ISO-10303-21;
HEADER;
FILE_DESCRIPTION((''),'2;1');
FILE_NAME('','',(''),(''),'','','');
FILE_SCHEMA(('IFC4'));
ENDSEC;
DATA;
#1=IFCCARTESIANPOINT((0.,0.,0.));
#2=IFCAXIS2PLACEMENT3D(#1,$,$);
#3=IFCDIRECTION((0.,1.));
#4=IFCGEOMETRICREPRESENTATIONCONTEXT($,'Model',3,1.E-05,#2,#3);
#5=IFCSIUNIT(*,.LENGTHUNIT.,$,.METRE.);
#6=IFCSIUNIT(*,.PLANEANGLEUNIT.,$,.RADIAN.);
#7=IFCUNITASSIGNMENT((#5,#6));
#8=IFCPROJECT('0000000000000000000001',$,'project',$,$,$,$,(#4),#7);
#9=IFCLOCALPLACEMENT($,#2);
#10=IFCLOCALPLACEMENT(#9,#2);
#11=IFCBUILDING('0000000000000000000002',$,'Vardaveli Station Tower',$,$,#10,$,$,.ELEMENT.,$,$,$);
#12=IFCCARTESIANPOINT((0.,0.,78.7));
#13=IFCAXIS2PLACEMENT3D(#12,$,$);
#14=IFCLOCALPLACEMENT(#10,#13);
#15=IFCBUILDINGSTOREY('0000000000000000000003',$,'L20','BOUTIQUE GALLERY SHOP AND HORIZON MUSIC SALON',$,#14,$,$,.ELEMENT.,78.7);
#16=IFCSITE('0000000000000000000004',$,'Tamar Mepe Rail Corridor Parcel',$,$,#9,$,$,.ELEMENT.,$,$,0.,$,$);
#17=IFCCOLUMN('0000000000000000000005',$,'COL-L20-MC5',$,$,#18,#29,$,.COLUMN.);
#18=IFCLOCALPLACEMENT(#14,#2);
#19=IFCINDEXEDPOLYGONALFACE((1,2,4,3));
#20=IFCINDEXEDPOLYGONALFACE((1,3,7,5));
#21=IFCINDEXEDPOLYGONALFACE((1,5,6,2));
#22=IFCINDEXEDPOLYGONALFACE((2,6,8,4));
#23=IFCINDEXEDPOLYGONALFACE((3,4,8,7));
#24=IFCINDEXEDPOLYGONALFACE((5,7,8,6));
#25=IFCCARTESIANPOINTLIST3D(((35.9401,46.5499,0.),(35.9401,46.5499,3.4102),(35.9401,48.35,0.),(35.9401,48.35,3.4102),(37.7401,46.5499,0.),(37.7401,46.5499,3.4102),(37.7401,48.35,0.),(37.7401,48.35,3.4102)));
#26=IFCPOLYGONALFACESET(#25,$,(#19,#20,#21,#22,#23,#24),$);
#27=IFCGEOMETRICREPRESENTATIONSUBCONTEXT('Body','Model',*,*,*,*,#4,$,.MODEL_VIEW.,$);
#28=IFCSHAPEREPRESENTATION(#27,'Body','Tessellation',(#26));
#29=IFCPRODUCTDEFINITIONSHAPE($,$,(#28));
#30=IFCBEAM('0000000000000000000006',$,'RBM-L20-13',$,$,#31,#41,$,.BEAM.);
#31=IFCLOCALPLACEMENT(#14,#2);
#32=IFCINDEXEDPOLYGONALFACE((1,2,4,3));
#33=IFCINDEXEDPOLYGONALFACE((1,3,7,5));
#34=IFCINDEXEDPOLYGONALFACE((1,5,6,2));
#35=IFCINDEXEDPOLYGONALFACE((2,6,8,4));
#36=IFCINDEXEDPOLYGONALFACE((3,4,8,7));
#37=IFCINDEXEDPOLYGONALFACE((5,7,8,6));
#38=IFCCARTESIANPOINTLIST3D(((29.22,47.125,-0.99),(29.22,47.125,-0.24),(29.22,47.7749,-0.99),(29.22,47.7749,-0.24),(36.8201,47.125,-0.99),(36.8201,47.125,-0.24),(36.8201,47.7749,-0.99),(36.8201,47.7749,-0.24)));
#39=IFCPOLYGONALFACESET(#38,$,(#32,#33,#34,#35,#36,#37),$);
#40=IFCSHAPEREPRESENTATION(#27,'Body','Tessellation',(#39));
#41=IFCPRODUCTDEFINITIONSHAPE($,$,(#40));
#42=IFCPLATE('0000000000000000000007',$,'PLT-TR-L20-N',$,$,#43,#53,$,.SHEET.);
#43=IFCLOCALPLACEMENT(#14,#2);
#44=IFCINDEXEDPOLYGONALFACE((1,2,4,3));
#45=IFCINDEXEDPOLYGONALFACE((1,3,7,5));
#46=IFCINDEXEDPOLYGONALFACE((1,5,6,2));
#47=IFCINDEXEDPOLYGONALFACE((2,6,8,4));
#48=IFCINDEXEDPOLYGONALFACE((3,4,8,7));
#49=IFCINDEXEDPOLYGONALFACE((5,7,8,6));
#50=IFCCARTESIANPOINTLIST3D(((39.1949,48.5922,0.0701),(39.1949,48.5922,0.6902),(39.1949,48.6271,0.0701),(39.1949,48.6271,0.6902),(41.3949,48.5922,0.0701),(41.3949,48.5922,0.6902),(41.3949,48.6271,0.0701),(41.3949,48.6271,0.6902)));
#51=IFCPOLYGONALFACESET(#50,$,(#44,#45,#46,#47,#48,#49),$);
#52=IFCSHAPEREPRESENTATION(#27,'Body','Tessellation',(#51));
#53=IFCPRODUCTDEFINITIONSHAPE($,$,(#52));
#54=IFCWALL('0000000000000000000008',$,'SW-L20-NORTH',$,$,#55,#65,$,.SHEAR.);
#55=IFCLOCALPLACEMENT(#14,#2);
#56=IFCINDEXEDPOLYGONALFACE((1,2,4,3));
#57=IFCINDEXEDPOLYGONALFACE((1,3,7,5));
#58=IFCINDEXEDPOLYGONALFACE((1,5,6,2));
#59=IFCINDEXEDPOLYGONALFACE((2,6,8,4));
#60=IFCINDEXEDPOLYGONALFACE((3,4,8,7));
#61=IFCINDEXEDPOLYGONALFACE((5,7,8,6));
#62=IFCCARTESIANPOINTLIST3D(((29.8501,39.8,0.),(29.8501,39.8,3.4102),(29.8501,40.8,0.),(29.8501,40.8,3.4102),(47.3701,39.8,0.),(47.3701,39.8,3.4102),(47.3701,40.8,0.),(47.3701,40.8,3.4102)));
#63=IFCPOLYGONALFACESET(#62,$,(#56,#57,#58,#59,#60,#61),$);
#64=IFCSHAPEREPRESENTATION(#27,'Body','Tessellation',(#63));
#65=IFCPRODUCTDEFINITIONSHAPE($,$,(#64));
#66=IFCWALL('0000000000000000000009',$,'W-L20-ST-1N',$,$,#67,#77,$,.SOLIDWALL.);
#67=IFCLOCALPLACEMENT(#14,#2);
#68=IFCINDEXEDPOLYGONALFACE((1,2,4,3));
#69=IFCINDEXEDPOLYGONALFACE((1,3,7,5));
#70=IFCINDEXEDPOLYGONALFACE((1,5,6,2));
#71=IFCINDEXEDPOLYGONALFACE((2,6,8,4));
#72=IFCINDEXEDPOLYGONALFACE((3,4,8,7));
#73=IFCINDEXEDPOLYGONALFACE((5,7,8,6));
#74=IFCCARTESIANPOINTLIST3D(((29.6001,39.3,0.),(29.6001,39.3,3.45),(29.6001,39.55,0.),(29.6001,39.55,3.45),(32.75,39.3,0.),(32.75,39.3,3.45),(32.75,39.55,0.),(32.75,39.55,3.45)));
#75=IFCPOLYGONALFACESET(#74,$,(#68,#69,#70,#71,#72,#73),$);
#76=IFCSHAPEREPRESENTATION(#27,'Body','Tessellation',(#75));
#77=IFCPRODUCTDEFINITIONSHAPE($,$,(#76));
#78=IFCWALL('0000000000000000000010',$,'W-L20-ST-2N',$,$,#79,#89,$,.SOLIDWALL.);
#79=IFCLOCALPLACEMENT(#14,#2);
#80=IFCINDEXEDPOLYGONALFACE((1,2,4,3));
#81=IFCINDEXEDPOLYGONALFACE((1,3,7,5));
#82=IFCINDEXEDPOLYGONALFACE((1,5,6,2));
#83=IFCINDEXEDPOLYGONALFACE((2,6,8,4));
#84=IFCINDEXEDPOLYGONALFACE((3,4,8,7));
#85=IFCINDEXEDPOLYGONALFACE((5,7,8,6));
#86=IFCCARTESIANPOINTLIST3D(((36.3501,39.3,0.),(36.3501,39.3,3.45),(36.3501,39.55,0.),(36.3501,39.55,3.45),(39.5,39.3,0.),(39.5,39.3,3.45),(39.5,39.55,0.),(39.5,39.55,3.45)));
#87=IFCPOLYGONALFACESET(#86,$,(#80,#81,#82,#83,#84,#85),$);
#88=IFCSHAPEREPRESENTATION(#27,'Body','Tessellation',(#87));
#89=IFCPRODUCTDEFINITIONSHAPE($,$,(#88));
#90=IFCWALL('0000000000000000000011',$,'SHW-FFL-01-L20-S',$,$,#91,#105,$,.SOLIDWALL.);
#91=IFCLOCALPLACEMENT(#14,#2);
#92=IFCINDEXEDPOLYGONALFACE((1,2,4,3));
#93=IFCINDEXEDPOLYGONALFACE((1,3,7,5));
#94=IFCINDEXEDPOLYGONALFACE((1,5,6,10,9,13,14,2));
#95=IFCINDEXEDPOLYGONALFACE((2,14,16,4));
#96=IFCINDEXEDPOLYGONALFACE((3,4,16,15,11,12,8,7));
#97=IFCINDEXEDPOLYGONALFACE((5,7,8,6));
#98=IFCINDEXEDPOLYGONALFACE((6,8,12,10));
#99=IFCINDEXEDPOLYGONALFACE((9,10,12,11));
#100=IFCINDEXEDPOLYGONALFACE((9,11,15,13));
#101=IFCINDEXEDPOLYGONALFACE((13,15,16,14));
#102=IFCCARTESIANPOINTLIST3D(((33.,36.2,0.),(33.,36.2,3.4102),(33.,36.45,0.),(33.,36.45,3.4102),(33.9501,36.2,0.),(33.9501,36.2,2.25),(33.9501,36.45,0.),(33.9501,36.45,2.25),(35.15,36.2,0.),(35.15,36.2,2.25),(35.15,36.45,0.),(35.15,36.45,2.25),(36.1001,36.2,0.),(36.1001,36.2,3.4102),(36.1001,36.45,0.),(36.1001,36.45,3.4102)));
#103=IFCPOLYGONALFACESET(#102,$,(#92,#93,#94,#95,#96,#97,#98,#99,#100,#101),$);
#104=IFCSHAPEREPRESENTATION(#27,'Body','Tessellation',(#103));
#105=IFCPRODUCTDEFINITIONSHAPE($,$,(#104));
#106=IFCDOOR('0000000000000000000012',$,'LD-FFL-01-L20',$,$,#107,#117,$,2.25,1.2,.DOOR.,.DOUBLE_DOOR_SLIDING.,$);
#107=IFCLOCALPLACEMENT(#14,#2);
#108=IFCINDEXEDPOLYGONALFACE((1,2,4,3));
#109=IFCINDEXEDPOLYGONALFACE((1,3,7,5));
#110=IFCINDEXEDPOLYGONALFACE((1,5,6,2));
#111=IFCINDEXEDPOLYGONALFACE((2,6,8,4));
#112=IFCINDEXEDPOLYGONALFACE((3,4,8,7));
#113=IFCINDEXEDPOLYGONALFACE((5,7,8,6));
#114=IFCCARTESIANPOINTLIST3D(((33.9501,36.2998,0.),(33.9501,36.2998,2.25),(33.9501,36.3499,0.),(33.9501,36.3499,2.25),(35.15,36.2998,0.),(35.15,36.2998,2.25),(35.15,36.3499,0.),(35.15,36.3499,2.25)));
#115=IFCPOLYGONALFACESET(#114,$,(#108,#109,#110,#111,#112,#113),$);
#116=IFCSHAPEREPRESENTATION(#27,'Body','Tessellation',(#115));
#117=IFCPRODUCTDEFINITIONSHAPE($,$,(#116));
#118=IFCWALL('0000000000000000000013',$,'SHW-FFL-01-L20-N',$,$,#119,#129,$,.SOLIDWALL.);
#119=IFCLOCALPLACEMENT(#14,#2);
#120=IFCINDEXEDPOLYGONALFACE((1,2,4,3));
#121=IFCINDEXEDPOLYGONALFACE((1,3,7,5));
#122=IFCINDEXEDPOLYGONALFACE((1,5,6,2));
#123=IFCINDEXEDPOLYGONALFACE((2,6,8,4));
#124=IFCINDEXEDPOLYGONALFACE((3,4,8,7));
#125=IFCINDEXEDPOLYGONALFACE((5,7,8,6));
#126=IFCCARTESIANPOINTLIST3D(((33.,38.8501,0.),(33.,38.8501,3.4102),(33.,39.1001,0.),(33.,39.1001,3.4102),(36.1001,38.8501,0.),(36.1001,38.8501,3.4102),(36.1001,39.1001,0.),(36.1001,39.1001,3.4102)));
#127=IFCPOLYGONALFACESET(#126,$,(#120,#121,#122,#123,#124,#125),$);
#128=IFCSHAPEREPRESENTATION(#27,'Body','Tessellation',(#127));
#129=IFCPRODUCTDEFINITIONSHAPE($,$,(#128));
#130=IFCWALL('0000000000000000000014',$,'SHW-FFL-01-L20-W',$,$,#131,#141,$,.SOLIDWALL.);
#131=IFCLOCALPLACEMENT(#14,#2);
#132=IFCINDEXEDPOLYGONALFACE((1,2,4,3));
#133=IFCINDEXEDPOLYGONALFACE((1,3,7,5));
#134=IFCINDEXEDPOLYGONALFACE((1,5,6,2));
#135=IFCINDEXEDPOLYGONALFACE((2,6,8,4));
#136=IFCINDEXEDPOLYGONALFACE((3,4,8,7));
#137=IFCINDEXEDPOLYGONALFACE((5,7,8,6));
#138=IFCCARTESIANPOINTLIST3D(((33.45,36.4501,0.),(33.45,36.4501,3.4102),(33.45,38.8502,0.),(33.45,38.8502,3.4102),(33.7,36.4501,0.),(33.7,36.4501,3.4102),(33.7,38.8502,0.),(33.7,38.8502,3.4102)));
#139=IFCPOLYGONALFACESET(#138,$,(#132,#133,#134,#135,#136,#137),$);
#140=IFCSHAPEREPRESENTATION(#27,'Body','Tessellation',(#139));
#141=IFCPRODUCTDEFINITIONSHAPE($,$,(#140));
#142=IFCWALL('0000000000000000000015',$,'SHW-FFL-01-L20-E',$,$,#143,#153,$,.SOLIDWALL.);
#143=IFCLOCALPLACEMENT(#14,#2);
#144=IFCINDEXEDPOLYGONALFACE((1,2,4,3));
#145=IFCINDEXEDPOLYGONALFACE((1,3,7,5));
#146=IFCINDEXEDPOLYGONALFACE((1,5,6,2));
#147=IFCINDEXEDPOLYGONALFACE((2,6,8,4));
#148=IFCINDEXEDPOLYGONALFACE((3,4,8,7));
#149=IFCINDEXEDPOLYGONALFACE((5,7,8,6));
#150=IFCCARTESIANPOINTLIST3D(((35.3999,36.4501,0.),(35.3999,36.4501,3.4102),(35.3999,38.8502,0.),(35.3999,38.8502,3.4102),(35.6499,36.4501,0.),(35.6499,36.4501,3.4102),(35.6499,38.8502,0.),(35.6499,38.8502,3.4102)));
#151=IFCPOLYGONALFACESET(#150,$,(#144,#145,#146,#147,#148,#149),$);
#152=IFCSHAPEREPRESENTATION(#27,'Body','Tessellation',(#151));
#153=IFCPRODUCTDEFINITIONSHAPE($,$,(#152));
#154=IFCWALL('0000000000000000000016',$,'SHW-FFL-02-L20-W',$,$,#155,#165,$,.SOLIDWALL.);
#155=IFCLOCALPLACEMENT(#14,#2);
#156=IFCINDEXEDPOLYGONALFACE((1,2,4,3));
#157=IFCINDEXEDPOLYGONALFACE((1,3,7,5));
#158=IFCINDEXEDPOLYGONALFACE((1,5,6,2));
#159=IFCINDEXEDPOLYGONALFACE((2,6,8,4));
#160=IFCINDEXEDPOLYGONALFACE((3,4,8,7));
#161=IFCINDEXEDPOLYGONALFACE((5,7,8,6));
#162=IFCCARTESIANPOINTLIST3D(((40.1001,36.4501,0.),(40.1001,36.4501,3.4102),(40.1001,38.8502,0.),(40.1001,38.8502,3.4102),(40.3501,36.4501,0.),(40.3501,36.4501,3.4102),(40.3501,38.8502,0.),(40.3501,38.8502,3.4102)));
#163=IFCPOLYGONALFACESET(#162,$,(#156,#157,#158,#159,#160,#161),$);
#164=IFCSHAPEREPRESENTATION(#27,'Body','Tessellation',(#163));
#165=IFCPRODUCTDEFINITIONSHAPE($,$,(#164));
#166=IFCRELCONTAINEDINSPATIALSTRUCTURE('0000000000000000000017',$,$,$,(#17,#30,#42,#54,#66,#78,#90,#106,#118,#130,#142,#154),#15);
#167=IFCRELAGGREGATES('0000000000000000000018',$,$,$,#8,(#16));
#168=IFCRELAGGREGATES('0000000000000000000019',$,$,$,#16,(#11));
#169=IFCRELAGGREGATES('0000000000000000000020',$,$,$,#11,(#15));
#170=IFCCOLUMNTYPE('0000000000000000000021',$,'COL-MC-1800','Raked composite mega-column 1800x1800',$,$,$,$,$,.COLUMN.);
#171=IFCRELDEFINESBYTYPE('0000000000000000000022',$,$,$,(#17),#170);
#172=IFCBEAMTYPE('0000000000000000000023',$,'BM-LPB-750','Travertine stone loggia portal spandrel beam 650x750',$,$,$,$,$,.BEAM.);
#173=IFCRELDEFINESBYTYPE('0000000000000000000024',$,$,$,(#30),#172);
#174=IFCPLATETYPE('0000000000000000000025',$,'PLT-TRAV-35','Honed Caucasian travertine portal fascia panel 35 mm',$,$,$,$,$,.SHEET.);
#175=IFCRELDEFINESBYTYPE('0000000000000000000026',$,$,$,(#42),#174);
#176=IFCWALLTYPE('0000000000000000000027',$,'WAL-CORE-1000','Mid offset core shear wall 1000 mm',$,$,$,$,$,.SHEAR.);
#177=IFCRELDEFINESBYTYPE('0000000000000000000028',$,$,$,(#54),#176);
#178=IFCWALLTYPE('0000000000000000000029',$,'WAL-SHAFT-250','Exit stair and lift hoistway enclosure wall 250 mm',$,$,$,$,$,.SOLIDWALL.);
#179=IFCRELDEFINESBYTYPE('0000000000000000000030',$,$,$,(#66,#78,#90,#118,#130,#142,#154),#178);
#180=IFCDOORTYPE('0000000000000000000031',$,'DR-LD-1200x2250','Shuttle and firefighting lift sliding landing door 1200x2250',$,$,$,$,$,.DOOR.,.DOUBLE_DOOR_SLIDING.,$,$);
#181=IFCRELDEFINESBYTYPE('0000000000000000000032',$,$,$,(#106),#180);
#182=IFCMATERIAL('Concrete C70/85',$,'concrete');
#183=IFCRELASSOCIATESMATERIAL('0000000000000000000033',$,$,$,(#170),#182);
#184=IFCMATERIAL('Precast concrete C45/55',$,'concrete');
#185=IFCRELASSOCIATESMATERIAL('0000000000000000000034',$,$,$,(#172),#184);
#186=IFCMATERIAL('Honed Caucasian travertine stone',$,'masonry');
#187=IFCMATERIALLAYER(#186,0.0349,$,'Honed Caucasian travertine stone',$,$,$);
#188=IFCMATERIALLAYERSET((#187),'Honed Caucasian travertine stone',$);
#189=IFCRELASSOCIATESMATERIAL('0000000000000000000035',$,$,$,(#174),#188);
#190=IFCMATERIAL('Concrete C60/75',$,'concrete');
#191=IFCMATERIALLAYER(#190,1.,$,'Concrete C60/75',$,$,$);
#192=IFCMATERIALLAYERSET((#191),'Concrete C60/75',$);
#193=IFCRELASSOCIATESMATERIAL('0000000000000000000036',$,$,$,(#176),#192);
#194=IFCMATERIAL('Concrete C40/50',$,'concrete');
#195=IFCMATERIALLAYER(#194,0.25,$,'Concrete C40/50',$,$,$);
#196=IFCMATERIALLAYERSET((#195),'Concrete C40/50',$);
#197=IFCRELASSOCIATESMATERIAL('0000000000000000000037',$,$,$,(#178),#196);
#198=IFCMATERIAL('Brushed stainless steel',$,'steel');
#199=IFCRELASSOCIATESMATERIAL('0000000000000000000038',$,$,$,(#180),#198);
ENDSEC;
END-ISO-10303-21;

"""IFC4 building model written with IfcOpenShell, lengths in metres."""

from ifc_helpers import new_model, si_unit, direction, frame, frame_2d, origin, origin_2d, place, context, subcontext, project, spatial, rectangle, extrude, source, transform, mapped, material, layer, layer_set, material_profile, profile_set, type_object, element, fill, save


model = new_model("IFC4")

# Units and contexts
model_context = context("Model", 3, precision=1e-05, world=origin(), true_north=direction((0.0, 1.0)))
body_context = subcontext(model_context, "Body", "Model", "MODEL_VIEW")
ifc_project = project(units=[si_unit("LENGTHUNIT", "METRE"), si_unit("PLANEANGLEUNIT", "RADIAN")], contexts=[model_context])

# Site, building, storey
site_placement = place(None, origin())
site = spatial("IfcSite", under=ifc_project, at=site_placement, Name="Tamar Mepe Rail Corridor Parcel", CompositionType="ELEMENT", RefElevation=0.0)
building_placement = place(site_placement, origin())
building = spatial("IfcBuilding", under=site, at=building_placement, Name="Vardaveli Station Tower", CompositionType="ELEMENT")
storey_placement = place(building_placement, frame((0.0, 0.0, 78.7)))
storey = spatial("IfcBuildingStorey", under=building, at=storey_placement, Name="L20", Description="BOUTIQUE GALLERY SHOP AND HORIZON MUSIC SALON", CompositionType="ELEMENT", Elevation=78.7)

# Column
ifc_material_1 = material(Name="Concrete C70/85", Category="concrete")
ifc_material_profile_1 = material_profile(ifc_material_1, rectangle(XDim=1.8, YDim=1.8, at=origin_2d()), Name="MC 1800x1800")
ifc_profile_set_1 = profile_set([ifc_material_profile_1], Name="Concrete C70/85")
column_type = type_object("IfcColumnType", Name="COL-MC-1800", Description="Raked composite mega-column 1800x1800", PredefinedType="COLUMN", material=ifc_profile_set_1)
shared_shape_1 = source(origin(), body_context, "Body", "SweptSolid", [
    extrude(rectangle(XDim=1.8, YDim=1.8, at=origin_2d()), origin(), (0.0, 0.0, 1.0), 3.4102),
])
column_placement = place(storey_placement, frame((36.8401, 47.45, 0.0), z_axis=(0.0, 0.0, 1.0), x_axis=(1.0, 0.0, 0.0)))
element("IfcColumn", 1, at=column_placement, inside=storey, type_object=column_type, Name="COL-L20-MC5", PredefinedType="COLUMN", context=body_context, shape_type="MappedRepresentation", body=[
    mapped(shared_shape_1, transform((0.0, 0.0, 0.0), scale=1.0)),
])

# Beam
ifc_material_2 = material(Name="Precast concrete C45/55", Category="concrete")
ifc_material_profile_2 = material_profile(ifc_material_2, rectangle(XDim=0.6499, YDim=0.75, at=origin_2d()), Name="LPB 650x750")
ifc_profile_set_2 = profile_set([ifc_material_profile_2], Name="Precast concrete C45/55")
beam_type = type_object("IfcBeamType", Name="BM-LPB-750", Description="Travertine stone loggia portal spandrel beam 650x750", PredefinedType="BEAM", material=ifc_profile_set_2)
shared_shape_2 = source(origin(), body_context, "Body", "SweptSolid", [
    extrude(rectangle(XDim=0.6499, YDim=0.75, at=origin_2d()), origin(), (0.0, 0.0, 1.0), 7.6001),
])
beam_placement = place(storey_placement, frame((36.8201, 47.45, -0.615), z_axis=(-1.0, 0.0, 0.0), x_axis=(0.0, -1.0, 0.0)))
element("IfcBeam", 2, at=beam_placement, inside=storey, type_object=beam_type, Name="RBM-L20-13", PredefinedType="BEAM", context=body_context, shape_type="MappedRepresentation", body=[
    mapped(shared_shape_2, transform((0.0, 0.0, 0.0), scale=1.0)),
])

# Plate
ifc_material_3 = material(Name="Honed Caucasian travertine stone", Category="masonry")
ifc_layer_1 = layer(ifc_material_3, 0.0349, Name="Honed Caucasian travertine stone")
ifc_layer_set_1 = layer_set([ifc_layer_1], Name="Honed Caucasian travertine stone")
plate_type = type_object("IfcPlateType", Name="PLT-TRAV-35", Description="Honed Caucasian travertine portal fascia panel 35 mm", PredefinedType="SHEET", material=ifc_layer_set_1)
shared_shape_3 = source(origin(), body_context, "Body", "SweptSolid", [
    extrude(rectangle(XDim=2.2, YDim=0.0349, at=origin_2d()), origin(), (0.0, 0.0, 1.0), 0.6201),
])
plate_placement = place(storey_placement, frame((40.2949, 48.6096, 0.0701), z_axis=(0.0, 0.0, 1.0), x_axis=(1.0, 0.0, 0.0)))
element("IfcPlate", 3, at=plate_placement, inside=storey, type_object=plate_type, Name="PLT-TR-L20-N", PredefinedType="SHEET", context=body_context, shape_type="MappedRepresentation", body=[
    mapped(shared_shape_3, transform((0.0, 0.0, 0.0), scale=1.0)),
])

# Walls
ifc_material_4 = material(Name="Concrete C60/75", Category="concrete")
ifc_layer_2 = layer(ifc_material_4, 1.0, Name="Concrete C60/75")
ifc_layer_set_2 = layer_set([ifc_layer_2], Name="Concrete C60/75")
wall_type_1 = type_object("IfcWallType", Name="WAL-CORE-1000", Description="Mid offset core shear wall 1000 mm", PredefinedType="SHEAR", material=ifc_layer_set_2)
shared_shape_4 = source(origin(), body_context, "Body", "SweptSolid", [
    extrude(rectangle(XDim=17.52, YDim=1.0, at=frame_2d((8.76, 0.0))), origin(), (0.0, 0.0, 1.0), 3.4102),
])
wall_1_placement = place(storey_placement, frame((29.8501, 40.3, 0.0), z_axis=(0.0, 0.0, 1.0), x_axis=(1.0, 0.0, 0.0)))
element("IfcWall", 4, at=wall_1_placement, inside=storey, type_object=wall_type_1, Name="SW-L20-NORTH", PredefinedType="SHEAR", context=body_context, shape_type="MappedRepresentation", body=[
    mapped(shared_shape_4, transform((0.0, 0.0, 0.0), scale=1.0)),
])
ifc_material_5 = material(Name="Concrete C40/50", Category="concrete")
ifc_layer_3 = layer(ifc_material_5, 0.25, Name="Concrete C40/50")
ifc_layer_set_3 = layer_set([ifc_layer_3], Name="Concrete C40/50")
wall_type_2 = type_object("IfcWallType", Name="WAL-SHAFT-250", Description="Exit stair and lift hoistway enclosure wall 250 mm", PredefinedType="SOLIDWALL", material=ifc_layer_set_3)
shared_shape_5 = source(origin(), body_context, "Body", "SweptSolid", [
    extrude(rectangle(XDim=3.1499, YDim=0.25, at=frame_2d((1.575, 0.0))), origin(), (0.0, 0.0, 1.0), 3.45),
])
for number, where, z_axis, x_axis, name in (
    (5, (29.6001, 39.425, 0.0), (0.0, 0.0, 1.0), (1.0, 0.0, 0.0), "W-L20-ST-1N"),
    (6, (36.3501, 39.425, 0.0), (0.0, 0.0, 1.0), (1.0, 0.0, 0.0), "W-L20-ST-2N"),
):
    element("IfcWall", number, at=place(storey_placement, frame(where, z_axis=z_axis, x_axis=x_axis)), inside=storey, type_object=wall_type_2, Name=name, PredefinedType="SOLIDWALL", context=body_context, shape_type="MappedRepresentation", body=[
        mapped(shared_shape_5, transform((0.0, 0.0, 0.0), scale=1.0)),
    ])

# Wall, opening, door
shared_shape_6 = source(origin(), body_context, "Body", "SweptSolid", [
    extrude(rectangle(XDim=3.1001, YDim=0.25, at=frame_2d((1.55, 0.0))), origin(), (0.0, 0.0, 1.0), 3.4102),
])
wall_2_placement = place(storey_placement, frame((33.0, 36.325, 0.0), z_axis=(0.0, 0.0, 1.0), x_axis=(1.0, 0.0, 0.0)))
wall_2 = element("IfcWall", 7, at=wall_2_placement, inside=storey, type_object=wall_type_2, Name="SHW-FFL-01-L20-S", PredefinedType="SOLIDWALL", context=body_context, shape_type="MappedRepresentation", body=[
    mapped(shared_shape_6, transform((0.0, 0.0, 0.0), scale=1.0)),
])
shared_shape_7 = source(origin(), body_context, "Body", "SweptSolid", [
    extrude(rectangle(XDim=1.2, YDim=2.25, at=frame_2d((0.6001, 1.125))), frame((0.0, 0.135, 0.0), z_axis=(0.0, -1.0, 0.0), x_axis=(1.0, 0.0, 0.0)), (0.0, 0.0, 1.0), 0.27),
])
opening_1_placement = place(wall_2_placement, frame((0.95, 0.0, 0.0)))
opening_1 = element("IfcOpeningElement", 8, at=opening_1_placement, cuts=wall_2, PredefinedType="OPENING", context=body_context, shape_type="MappedRepresentation", body=[
    mapped(shared_shape_7, transform((0.0, 0.0, 0.0), scale=1.0)),
])
ifc_material_6 = material(Name="Brushed stainless steel", Category="steel")
door_type = type_object("IfcDoorType", Name="DR-LD-1200x2250", Description="Shuttle and firefighting lift sliding landing door 1200x2250", OperationType="DOUBLE_DOOR_SLIDING", PredefinedType="DOOR", material=ifc_material_6)
shared_shape_8 = source(origin(), body_context, "Body", "SweptSolid", [
    extrude(rectangle(XDim=1.2, YDim=2.25, at=frame_2d((0.6001, 1.125))), frame((0.0, 0.0249, 0.0), z_axis=(0.0, -1.0, 0.0), x_axis=(1.0, 0.0, 0.0)), (0.0, 0.0, 1.0), 0.05),
])
door_1_placement = place(opening_1_placement, origin())
door_1 = element("IfcDoor", 9, at=door_1_placement, inside=storey, type_object=door_type, Name="LD-FFL-01-L20", OperationType="DOUBLE_DOOR_SLIDING", OverallHeight=2.25, OverallWidth=1.2, PredefinedType="DOOR", context=body_context, shape_type="MappedRepresentation", body=[
    mapped(shared_shape_8, transform((0.0, 0.0, 0.0), scale=1.0)),
])
fill(opening_1, door_1)

# Walls
wall_3_placement = place(storey_placement, frame((33.0, 38.9751, 0.0), z_axis=(0.0, 0.0, 1.0), x_axis=(1.0, 0.0, 0.0)))
element("IfcWall", 10, at=wall_3_placement, inside=storey, type_object=wall_type_2, Name="SHW-FFL-01-L20-N", PredefinedType="SOLIDWALL", context=body_context, shape_type="MappedRepresentation", body=[
    mapped(shared_shape_6, transform((0.0, 0.0, 0.0), scale=1.0)),
])
shared_shape_9 = source(origin(), body_context, "Body", "SweptSolid", [
    extrude(rectangle(XDim=2.4001, YDim=0.25, at=frame_2d((1.2002, 0.0))), origin(), (0.0, 0.0, 1.0), 3.4102),
])
for number, where, z_axis, x_axis, name in (
    (11, (33.575, 36.45, 0.0), (0.0, 0.0, 1.0), (0.0, 1.0, 0.0), "SHW-FFL-01-L20-W"),
    (12, (35.5249, 36.45, 0.0), (0.0, 0.0, 1.0), (0.0, 1.0, 0.0), "SHW-FFL-01-L20-E"),
    (13, (40.2251, 36.45, 0.0), (0.0, 0.0, 1.0), (0.0, 1.0, 0.0), "SHW-FFL-02-L20-W"),
):
    element("IfcWall", number, at=place(storey_placement, frame(where, z_axis=z_axis, x_axis=x_axis)), inside=storey, type_object=wall_type_2, Name=name, PredefinedType="SOLIDWALL", context=body_context, shape_type="MappedRepresentation", body=[
        mapped(shared_shape_9, transform((0.0, 0.0, 0.0), scale=1.0)),
    ])

save(model, "model.ifc")
